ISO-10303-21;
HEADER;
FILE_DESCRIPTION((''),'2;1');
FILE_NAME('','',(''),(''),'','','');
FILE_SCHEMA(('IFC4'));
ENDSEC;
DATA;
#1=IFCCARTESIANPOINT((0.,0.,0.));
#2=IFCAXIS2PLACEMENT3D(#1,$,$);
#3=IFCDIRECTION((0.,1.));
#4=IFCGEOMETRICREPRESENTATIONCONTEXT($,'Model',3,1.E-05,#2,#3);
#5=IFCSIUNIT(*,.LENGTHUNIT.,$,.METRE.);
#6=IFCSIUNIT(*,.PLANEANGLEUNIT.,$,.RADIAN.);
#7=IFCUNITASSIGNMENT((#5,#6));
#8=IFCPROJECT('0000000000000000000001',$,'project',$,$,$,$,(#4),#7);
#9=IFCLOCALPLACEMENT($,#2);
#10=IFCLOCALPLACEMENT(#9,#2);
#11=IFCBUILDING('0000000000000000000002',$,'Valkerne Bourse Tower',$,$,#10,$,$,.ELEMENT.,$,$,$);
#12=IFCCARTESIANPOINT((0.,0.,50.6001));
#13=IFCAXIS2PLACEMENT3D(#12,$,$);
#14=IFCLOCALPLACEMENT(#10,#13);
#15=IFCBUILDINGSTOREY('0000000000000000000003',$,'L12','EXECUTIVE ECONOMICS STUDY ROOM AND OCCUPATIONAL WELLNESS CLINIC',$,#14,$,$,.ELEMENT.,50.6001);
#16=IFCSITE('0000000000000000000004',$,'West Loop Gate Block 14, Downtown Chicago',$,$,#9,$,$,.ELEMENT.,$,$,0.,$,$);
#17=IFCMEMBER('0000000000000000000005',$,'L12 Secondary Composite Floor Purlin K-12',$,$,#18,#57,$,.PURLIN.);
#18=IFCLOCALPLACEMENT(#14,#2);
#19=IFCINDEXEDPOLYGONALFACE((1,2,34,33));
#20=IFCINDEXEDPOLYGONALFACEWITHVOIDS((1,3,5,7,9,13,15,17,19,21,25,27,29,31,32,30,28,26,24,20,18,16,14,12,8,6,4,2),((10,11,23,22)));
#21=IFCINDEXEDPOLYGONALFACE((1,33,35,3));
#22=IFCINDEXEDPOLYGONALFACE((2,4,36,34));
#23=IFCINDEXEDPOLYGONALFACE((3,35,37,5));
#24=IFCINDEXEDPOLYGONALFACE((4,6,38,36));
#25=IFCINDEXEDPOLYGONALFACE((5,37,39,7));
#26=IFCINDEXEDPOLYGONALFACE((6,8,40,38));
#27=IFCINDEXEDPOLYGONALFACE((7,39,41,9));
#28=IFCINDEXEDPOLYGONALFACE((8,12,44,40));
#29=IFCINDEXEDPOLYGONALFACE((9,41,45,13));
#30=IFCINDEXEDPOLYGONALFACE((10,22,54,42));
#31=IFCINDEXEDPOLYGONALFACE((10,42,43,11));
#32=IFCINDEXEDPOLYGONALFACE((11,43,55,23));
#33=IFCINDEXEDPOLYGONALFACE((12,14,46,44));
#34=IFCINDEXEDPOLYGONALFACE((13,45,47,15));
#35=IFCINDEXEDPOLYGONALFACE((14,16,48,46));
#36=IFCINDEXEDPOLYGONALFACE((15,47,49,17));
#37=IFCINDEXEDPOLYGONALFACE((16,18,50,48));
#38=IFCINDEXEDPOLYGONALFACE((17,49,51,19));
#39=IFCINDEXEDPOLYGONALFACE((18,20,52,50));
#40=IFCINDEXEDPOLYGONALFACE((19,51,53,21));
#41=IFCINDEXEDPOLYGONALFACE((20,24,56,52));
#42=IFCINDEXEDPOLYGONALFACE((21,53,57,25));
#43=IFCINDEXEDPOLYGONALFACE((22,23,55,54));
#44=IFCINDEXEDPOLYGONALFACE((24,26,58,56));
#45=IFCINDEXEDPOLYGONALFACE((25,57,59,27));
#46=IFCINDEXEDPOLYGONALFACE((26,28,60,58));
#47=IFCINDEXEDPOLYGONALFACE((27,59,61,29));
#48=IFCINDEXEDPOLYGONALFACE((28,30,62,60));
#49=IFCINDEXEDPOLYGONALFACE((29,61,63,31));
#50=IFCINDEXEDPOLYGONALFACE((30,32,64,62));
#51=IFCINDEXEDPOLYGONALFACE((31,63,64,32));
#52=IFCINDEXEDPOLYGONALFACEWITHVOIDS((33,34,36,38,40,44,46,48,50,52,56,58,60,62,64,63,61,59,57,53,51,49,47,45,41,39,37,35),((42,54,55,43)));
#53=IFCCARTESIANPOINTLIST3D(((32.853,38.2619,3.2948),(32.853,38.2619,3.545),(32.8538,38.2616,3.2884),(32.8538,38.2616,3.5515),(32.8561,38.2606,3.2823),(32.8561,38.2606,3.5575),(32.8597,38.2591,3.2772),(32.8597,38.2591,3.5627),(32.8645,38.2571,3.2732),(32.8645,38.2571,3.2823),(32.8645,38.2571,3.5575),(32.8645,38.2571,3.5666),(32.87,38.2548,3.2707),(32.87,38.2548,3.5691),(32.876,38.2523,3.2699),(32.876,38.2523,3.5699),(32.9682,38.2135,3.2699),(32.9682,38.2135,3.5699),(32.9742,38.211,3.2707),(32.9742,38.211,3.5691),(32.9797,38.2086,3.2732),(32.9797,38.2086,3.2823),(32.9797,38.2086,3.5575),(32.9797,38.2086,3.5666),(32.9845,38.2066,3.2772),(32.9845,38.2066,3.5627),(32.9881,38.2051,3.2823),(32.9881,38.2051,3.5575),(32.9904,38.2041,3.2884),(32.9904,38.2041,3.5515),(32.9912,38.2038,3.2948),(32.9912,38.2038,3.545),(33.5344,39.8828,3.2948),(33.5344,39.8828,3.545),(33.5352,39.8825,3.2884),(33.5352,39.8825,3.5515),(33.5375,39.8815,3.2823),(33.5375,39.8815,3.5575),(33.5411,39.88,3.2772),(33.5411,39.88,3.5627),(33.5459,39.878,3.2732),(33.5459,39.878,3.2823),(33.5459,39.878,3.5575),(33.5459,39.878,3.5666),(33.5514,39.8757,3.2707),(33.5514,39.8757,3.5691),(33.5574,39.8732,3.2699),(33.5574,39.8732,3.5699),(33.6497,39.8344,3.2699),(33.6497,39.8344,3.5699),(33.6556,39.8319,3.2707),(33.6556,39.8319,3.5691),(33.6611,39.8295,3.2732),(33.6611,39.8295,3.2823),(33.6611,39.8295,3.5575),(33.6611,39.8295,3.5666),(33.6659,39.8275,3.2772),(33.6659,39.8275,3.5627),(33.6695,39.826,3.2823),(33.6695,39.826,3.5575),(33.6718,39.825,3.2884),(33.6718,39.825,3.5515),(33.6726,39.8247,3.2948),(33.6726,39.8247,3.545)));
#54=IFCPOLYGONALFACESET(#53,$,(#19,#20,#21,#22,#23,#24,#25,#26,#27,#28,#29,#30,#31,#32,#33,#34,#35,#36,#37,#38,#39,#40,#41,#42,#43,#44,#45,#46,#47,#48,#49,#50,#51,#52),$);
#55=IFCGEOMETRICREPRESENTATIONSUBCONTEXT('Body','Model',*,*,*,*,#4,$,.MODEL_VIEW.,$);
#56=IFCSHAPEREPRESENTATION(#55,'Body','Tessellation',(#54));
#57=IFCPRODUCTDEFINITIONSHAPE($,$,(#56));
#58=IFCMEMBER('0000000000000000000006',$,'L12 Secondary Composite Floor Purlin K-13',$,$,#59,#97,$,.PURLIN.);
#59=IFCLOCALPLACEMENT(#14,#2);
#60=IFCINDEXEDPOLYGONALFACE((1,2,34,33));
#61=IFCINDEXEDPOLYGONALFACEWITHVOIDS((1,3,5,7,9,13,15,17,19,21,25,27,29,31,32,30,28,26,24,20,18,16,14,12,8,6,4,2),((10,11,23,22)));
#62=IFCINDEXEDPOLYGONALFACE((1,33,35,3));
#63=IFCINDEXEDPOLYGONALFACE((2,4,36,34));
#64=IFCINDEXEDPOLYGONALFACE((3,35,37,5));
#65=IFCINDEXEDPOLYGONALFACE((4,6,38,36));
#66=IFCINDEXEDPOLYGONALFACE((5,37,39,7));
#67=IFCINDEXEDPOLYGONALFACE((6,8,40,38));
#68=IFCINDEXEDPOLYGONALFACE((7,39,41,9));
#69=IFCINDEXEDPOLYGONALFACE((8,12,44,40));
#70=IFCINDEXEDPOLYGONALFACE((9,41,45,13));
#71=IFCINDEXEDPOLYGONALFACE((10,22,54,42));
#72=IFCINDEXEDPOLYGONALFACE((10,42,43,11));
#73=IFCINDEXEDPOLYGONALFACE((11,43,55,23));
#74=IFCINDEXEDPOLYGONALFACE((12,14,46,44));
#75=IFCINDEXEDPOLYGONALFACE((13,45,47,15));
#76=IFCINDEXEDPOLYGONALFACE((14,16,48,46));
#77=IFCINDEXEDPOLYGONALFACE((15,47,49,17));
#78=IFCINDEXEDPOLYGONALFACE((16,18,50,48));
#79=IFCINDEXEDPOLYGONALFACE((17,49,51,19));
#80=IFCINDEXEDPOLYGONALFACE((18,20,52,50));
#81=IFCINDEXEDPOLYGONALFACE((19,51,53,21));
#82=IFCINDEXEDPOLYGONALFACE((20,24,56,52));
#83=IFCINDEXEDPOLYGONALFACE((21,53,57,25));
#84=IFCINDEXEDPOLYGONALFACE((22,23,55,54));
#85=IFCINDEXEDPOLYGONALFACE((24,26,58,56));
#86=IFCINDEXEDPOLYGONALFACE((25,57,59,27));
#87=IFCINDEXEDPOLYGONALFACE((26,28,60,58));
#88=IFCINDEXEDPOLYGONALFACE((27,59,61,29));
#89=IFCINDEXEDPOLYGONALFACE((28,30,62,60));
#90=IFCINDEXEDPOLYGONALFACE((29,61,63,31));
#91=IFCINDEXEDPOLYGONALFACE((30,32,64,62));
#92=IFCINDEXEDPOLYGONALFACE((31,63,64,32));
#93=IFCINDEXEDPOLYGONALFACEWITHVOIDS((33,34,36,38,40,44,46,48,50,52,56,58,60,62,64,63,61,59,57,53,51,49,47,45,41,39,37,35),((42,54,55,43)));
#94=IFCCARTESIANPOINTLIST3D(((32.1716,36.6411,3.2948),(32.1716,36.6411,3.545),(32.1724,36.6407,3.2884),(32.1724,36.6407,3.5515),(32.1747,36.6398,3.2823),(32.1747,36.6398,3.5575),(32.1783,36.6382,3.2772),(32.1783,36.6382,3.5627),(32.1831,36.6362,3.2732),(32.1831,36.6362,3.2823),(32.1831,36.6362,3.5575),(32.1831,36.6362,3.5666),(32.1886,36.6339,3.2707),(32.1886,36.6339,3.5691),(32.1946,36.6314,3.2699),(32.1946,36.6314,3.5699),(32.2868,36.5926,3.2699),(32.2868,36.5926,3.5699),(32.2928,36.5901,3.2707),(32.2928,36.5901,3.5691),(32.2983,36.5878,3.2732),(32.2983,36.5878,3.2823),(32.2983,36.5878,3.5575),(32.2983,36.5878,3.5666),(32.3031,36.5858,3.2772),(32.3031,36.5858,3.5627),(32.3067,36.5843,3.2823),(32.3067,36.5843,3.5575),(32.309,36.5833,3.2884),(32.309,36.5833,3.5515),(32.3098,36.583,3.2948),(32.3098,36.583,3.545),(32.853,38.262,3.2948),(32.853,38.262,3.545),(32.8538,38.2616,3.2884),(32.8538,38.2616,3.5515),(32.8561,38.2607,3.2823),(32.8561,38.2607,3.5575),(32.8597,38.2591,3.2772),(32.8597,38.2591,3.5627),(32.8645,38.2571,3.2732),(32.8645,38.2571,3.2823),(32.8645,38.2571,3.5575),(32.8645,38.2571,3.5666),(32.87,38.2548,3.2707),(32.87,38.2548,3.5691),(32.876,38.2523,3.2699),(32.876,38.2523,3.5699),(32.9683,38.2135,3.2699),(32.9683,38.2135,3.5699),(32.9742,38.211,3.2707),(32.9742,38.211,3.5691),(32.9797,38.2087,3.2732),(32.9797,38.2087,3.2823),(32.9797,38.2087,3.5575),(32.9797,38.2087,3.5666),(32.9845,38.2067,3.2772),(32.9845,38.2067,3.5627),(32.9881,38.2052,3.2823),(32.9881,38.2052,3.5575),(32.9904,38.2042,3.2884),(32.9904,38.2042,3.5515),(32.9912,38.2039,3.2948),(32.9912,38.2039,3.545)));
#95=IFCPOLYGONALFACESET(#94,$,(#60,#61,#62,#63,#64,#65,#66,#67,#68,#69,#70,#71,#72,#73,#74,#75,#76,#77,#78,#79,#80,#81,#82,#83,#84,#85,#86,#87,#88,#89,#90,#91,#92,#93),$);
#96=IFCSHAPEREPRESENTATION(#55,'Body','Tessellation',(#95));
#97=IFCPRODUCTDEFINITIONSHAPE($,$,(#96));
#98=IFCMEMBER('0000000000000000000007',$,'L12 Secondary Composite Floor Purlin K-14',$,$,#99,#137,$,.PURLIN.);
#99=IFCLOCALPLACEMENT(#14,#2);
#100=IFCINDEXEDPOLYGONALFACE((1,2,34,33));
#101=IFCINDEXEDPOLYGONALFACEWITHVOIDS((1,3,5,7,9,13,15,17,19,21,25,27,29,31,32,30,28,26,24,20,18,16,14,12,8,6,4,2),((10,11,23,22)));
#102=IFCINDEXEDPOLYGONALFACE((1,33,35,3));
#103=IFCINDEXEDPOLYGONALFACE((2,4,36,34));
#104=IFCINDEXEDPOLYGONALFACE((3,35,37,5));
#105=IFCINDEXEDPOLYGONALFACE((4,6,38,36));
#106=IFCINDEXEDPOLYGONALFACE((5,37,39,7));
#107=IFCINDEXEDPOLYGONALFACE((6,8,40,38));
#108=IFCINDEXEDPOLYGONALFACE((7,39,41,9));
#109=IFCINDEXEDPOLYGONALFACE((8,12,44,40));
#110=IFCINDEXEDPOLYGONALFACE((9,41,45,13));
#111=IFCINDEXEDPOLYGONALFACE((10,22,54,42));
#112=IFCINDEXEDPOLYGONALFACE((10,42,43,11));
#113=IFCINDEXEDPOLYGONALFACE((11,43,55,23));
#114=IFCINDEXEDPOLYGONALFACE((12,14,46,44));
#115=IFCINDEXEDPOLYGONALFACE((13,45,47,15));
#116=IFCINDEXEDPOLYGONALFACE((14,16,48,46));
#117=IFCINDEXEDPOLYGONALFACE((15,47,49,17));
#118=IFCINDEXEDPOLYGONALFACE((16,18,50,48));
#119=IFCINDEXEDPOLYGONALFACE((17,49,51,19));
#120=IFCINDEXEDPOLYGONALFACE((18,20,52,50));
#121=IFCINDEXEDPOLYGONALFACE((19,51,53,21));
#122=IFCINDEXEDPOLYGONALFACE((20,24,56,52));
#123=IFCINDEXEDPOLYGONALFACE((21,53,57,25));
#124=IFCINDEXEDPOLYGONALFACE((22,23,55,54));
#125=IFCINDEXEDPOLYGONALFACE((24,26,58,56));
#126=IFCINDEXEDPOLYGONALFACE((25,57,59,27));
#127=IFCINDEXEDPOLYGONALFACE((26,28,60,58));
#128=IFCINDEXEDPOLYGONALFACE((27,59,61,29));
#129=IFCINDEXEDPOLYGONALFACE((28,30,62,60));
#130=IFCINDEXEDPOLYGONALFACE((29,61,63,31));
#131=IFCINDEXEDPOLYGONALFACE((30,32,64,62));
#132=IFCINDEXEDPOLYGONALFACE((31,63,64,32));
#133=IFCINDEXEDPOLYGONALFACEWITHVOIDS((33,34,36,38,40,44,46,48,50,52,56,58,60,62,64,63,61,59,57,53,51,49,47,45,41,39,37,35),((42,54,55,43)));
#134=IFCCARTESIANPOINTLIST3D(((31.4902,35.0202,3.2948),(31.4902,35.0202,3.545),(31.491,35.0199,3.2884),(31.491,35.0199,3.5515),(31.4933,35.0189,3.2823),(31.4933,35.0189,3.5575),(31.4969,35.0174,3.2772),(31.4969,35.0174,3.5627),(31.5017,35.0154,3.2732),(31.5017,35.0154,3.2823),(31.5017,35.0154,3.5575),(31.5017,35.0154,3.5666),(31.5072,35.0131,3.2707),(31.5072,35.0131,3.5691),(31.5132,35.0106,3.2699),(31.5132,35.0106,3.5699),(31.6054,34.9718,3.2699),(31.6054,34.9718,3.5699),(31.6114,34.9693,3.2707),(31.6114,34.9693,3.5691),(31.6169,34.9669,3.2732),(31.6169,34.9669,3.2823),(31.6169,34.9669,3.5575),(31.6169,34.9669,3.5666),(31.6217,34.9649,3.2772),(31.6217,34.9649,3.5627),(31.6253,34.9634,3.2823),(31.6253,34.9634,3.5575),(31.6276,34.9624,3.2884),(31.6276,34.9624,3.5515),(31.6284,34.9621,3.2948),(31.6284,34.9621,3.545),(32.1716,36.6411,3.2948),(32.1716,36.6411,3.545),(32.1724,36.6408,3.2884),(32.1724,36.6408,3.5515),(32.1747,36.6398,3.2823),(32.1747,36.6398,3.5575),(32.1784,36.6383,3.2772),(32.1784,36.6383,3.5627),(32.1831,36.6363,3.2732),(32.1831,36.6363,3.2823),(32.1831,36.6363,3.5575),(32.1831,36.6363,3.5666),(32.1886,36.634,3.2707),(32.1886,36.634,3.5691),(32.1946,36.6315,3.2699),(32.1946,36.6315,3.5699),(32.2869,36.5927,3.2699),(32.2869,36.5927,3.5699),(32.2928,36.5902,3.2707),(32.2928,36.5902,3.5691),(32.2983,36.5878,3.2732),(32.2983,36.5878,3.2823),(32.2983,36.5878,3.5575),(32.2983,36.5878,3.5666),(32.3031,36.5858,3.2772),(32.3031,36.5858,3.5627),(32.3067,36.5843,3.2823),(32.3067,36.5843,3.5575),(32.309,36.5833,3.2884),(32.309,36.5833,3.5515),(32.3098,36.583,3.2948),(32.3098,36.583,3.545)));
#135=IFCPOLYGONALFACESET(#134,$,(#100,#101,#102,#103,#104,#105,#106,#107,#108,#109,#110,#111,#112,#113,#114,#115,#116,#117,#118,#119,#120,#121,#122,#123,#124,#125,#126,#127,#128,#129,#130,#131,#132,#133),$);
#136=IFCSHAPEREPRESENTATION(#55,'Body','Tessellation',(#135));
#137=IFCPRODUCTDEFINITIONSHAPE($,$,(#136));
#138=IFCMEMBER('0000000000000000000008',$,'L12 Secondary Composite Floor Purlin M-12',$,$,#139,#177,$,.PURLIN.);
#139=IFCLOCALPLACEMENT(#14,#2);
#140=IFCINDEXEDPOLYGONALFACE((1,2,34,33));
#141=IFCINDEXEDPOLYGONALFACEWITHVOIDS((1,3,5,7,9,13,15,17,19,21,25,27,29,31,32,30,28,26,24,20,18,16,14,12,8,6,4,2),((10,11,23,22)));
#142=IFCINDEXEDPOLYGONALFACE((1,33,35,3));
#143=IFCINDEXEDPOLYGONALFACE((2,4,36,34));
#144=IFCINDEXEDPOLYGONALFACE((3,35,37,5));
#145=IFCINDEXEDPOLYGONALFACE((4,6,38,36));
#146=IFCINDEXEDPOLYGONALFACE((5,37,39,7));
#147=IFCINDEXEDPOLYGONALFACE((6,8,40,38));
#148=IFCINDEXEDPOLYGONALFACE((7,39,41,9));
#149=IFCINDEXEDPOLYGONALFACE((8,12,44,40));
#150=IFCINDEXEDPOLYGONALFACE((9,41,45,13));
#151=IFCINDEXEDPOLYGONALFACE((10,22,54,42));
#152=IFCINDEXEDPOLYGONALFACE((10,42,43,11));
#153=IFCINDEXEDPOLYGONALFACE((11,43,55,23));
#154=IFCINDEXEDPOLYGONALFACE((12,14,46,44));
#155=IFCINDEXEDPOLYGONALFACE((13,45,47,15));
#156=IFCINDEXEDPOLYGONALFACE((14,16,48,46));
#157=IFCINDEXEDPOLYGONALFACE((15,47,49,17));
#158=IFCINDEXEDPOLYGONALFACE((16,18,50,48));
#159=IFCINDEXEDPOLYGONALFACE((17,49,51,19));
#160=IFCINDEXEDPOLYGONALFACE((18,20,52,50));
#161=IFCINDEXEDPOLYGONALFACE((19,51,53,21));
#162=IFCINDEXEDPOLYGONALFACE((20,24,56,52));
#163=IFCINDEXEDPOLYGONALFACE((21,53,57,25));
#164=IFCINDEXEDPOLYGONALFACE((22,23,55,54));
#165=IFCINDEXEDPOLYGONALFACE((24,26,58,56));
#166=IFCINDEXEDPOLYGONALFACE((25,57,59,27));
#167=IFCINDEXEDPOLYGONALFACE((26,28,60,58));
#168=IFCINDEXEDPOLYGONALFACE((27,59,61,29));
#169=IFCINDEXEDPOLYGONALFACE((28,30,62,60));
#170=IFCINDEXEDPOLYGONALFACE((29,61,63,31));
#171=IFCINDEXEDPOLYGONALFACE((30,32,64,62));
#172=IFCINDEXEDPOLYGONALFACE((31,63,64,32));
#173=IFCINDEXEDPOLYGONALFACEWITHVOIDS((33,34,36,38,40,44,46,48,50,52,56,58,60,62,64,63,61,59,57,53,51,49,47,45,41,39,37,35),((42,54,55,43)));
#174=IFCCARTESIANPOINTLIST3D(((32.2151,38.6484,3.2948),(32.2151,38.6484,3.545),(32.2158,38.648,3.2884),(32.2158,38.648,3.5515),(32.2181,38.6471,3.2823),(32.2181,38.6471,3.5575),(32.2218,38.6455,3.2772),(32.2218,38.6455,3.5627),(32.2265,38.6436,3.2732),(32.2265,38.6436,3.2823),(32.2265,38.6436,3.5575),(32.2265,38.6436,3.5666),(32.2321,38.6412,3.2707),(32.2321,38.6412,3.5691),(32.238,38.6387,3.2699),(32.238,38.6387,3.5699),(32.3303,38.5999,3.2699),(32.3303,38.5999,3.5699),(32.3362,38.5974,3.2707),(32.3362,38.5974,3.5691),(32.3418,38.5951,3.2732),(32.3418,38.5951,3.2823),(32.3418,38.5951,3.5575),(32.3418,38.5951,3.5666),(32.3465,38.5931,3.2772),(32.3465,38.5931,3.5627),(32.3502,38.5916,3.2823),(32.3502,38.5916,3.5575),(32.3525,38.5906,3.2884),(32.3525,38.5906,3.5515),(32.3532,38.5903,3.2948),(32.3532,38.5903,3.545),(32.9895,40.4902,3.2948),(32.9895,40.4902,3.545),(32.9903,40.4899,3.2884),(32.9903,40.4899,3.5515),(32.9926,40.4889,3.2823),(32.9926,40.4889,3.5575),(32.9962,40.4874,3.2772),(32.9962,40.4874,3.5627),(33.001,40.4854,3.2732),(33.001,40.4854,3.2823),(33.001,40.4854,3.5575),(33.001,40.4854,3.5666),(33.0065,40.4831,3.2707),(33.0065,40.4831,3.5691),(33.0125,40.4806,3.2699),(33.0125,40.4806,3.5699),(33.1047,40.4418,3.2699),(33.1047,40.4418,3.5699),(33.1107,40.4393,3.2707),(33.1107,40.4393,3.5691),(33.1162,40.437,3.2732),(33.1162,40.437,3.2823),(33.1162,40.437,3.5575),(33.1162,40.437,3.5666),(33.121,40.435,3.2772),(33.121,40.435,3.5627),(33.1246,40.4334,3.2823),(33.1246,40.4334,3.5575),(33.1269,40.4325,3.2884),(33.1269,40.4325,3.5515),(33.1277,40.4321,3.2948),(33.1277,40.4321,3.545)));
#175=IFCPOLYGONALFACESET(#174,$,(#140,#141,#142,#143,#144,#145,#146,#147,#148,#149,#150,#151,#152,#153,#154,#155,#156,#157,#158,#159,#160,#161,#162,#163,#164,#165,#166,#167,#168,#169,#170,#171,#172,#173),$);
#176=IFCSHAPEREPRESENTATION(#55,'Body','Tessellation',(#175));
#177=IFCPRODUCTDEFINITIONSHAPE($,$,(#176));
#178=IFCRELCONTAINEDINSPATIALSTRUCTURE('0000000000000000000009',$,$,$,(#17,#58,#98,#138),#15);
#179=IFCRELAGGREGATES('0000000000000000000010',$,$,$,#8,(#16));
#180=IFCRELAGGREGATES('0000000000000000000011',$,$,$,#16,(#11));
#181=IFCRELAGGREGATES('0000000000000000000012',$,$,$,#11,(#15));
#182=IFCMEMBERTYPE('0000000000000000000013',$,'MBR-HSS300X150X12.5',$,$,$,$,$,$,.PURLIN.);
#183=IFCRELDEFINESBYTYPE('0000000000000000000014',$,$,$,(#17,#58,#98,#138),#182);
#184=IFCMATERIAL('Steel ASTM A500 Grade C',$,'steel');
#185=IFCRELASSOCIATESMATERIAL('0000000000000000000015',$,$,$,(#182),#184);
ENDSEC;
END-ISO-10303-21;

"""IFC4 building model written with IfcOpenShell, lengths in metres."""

from ifc_helpers import new_model, si_unit, direction, frame, origin, origin_2d, place, context, subcontext, project, spatial, hollow_rectangle, extrude, material, material_profile, profile_set, type_object, element, save


model = new_model("IFC4")

# Units and contexts
model_context = context("Model", 3, precision=1e-05, world=origin(), true_north=direction((0.0, 1.0)))
body_context = subcontext(model_context, "Body", "Model", "MODEL_VIEW")
ifc_project = project(units=[si_unit("LENGTHUNIT", "METRE"), si_unit("PLANEANGLEUNIT", "RADIAN")], contexts=[model_context])

# Site, building, storey
site_placement = place(None, origin())
site = spatial("IfcSite", under=ifc_project, at=site_placement, Name="West Loop Gate Block 14, Downtown Chicago", CompositionType="ELEMENT", RefElevation=0.0)
building_placement = place(site_placement, origin())
building = spatial("IfcBuilding", under=site, at=building_placement, Name="Valkerne Bourse Tower", CompositionType="ELEMENT")
storey_placement = place(building_placement, frame((0.0, 0.0, 50.6001)))
storey = spatial("IfcBuildingStorey", under=building, at=storey_placement, Name="L12", Description="EXECUTIVE ECONOMICS STUDY ROOM AND OCCUPATIONAL WELLNESS CLINIC", CompositionType="ELEMENT", Elevation=50.6001)

# Members
ifc_material_1 = material(Name="Steel ASTM A500 Grade C", Category="steel")
ifc_material_profile_1 = material_profile(ifc_material_1, hollow_rectangle(XDim=0.1499, YDim=0.3, WallThickness=0.0125, OuterFilletRadius=0.0249, at=origin_2d()), Name="HSS300X150X12.5")
ifc_profile_set_1 = profile_set([ifc_material_profile_1], Name="Steel ASTM A500 Grade C")
member_type_1 = type_object("IfcMemberType", Name="MBR-HSS300X150X12.5", PredefinedType="PURLIN", material=ifc_profile_set_1)
for number, where, z_axis, x_axis, name in (
    (1, (33.6035, 39.8538, 3.4199), (-0.387542, -0.921852, 0.0), (0.921852, -0.387542, 0.0), "L12 Secondary Composite Floor Purlin K-12"),
    (2, (32.9221, 38.2329, 3.4199), (-0.387542, -0.921852, 0.0), (0.921852, -0.387542, 0.0), "L12 Secondary Composite Floor Purlin K-13"),
    (3, (32.2407, 36.6121, 3.4199), (-0.387542, -0.921852, 0.0), (0.921852, -0.387542, 0.0), "L12 Secondary Composite Floor Purlin K-14"),
):
    element("IfcMember", number, at=place(storey_placement, frame(where, z_axis=z_axis, x_axis=x_axis)), inside=storey, type_object=member_type_1, Name=name, PredefinedType="PURLIN", context=body_context, shape_type="SweptSolid", body=[
        extrude(hollow_rectangle(XDim=0.1499, YDim=0.3, WallThickness=0.0125, OuterFilletRadius=0.0249, at=origin_2d()), origin(), (0.0, 0.0, 1.0), 1.7583),
    ])
for number, where, z_axis, x_axis, name in (
    (4, (33.0586, 40.4612, 3.4199), (-0.387598, -0.921828, 0.0), (0.921828, -0.387598, 0.0), "L12 Secondary Composite Floor Purlin M-12"),
):
    element("IfcMember", number, at=place(storey_placement, frame(where, z_axis=z_axis, x_axis=x_axis)), inside=storey, type_object=member_type_1, Name=name, PredefinedType="PURLIN", context=body_context, shape_type="SweptSolid", body=[
        extrude(hollow_rectangle(XDim=0.1499, YDim=0.3, WallThickness=0.0125, OuterFilletRadius=0.0249, at=origin_2d()), origin(), (0.0, 0.0, 1.0), 1.998),
    ])

save(model, "model.ifc")
